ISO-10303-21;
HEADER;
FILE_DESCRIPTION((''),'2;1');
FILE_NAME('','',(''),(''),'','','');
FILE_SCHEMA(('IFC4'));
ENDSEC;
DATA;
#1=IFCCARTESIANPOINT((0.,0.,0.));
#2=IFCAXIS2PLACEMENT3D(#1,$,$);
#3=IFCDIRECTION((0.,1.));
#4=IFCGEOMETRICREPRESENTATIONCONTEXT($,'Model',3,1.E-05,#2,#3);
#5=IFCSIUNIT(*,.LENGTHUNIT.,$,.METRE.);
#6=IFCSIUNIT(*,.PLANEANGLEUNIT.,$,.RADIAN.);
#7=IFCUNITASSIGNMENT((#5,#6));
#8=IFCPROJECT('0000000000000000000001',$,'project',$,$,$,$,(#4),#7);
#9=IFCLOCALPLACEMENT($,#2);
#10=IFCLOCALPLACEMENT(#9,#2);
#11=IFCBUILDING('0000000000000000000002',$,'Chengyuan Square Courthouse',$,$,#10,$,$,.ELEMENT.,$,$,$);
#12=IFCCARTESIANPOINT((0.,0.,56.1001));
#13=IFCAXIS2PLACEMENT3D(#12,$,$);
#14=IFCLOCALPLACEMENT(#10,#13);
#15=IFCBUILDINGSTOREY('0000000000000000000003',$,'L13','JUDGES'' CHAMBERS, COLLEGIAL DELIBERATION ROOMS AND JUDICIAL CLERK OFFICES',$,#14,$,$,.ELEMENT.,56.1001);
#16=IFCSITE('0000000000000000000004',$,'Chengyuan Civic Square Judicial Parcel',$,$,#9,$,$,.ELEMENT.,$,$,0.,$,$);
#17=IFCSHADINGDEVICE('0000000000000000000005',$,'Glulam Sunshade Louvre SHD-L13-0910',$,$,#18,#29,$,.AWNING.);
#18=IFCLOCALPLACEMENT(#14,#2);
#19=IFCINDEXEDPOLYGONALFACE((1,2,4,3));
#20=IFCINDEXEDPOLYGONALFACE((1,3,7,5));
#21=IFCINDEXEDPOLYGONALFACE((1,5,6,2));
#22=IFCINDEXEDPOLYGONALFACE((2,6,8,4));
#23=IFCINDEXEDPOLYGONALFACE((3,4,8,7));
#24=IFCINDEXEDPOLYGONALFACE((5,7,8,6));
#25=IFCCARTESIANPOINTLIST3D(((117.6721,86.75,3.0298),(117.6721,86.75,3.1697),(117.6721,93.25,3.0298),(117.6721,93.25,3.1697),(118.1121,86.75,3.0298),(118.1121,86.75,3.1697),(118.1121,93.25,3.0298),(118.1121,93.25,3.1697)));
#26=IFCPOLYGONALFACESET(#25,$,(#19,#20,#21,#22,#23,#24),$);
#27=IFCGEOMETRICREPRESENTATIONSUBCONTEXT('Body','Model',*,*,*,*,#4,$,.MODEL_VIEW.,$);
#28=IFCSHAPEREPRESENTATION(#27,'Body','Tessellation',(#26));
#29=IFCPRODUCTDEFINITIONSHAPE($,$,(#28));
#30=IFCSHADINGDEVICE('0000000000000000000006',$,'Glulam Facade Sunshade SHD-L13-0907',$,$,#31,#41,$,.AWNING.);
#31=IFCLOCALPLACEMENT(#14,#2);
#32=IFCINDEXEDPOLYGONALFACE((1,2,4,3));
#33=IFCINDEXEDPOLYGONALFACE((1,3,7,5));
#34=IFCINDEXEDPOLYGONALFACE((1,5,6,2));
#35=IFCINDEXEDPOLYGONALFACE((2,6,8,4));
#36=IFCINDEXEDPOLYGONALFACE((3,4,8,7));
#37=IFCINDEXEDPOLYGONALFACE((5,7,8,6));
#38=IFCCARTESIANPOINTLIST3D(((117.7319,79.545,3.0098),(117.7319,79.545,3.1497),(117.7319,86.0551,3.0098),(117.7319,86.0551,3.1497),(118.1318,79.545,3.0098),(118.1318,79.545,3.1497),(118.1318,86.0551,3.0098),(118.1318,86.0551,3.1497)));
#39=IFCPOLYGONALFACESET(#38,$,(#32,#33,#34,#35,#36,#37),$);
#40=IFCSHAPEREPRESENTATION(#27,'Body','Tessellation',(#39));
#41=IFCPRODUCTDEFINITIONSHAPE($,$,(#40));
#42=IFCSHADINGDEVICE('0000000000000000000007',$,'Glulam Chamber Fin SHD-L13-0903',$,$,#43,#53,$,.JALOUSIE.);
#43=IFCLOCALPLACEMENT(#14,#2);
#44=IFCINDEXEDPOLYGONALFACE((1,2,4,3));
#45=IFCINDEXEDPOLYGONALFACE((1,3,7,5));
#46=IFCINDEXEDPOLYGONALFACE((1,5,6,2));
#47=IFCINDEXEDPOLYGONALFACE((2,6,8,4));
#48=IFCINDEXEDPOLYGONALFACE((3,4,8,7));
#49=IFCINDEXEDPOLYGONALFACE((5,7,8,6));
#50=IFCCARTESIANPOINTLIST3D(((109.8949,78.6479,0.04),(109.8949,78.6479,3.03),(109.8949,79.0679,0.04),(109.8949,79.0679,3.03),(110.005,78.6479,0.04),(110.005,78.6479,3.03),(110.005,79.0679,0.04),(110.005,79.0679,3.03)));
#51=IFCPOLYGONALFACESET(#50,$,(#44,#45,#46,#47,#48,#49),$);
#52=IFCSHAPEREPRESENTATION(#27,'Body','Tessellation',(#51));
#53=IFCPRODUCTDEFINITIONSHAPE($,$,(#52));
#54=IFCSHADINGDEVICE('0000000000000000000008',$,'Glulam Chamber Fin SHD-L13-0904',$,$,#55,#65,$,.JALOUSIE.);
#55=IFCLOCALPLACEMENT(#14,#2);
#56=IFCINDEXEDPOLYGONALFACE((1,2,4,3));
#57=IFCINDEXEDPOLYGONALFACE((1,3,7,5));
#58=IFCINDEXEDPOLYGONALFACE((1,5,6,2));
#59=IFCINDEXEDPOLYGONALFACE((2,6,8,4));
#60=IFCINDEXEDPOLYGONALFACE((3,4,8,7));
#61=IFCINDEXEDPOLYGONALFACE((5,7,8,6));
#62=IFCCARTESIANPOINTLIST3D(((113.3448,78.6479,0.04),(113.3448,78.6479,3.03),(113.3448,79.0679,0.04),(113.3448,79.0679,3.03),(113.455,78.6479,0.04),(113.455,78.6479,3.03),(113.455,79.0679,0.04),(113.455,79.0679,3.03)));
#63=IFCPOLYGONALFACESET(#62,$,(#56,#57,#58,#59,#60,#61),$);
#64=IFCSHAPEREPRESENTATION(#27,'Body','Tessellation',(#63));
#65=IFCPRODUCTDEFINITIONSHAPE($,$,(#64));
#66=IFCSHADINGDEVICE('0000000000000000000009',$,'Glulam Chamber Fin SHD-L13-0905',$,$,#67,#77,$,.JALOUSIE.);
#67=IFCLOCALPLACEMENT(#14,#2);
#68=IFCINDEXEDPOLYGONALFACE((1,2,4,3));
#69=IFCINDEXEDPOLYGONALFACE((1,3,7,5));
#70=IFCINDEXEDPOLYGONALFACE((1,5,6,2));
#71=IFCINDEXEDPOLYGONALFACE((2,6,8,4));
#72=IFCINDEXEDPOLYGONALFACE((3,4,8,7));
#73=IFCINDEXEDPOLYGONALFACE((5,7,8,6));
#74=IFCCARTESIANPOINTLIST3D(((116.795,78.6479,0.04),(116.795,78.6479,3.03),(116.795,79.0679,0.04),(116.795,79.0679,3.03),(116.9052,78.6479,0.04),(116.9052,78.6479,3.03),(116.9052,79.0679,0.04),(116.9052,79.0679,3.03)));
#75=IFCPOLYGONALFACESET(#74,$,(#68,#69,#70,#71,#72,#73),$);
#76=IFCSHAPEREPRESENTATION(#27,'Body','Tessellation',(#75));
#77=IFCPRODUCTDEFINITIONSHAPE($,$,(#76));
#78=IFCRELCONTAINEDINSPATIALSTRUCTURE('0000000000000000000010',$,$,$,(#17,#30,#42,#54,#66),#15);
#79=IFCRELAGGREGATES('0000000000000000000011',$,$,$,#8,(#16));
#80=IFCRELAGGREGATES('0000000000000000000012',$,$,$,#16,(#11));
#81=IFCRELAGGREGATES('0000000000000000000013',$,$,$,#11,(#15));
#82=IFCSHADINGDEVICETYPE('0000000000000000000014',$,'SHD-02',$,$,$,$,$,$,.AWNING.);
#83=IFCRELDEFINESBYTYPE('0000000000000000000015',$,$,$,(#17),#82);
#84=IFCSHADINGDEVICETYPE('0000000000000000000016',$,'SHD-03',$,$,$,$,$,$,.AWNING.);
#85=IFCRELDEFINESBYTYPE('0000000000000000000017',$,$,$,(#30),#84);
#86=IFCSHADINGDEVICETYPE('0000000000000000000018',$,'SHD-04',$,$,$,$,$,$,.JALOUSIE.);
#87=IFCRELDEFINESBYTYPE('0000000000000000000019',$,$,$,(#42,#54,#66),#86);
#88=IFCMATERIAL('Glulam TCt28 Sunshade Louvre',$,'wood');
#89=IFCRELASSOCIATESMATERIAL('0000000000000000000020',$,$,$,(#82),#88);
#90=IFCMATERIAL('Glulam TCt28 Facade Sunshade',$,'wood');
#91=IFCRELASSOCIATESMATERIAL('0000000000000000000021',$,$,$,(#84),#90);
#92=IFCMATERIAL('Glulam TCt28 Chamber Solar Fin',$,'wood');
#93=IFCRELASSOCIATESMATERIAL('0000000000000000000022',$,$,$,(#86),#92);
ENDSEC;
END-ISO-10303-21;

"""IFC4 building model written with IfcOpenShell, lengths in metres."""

from ifc_helpers import new_model, si_unit, direction, frame, origin, origin_2d, place, context, subcontext, project, spatial, rectangle, extrude, material, type_object, element, save


model = new_model("IFC4")

# Units and contexts
model_context = context("Model", 3, precision=1e-05, world=origin(), true_north=direction((0.0, 1.0)))
body_context = subcontext(model_context, "Body", "Model", "MODEL_VIEW")
ifc_project = project(units=[si_unit("LENGTHUNIT", "METRE"), si_unit("PLANEANGLEUNIT", "RADIAN")], contexts=[model_context])

# Site, building, storey
site_placement = place(None, origin())
site = spatial("IfcSite", under=ifc_project, at=site_placement, Name="Chengyuan Civic Square Judicial Parcel", CompositionType="ELEMENT", RefElevation=0.0)
building_placement = place(site_placement, origin())
building = spatial("IfcBuilding", under=site, at=building_placement, Name="Chengyuan Square Courthouse", CompositionType="ELEMENT")
storey_placement = place(building_placement, frame((0.0, 0.0, 56.1001)))
storey = spatial("IfcBuildingStorey", under=building, at=storey_placement, Name="L13", Description="JUDGES' CHAMBERS, COLLEGIAL DELIBERATION ROOMS AND JUDICIAL CLERK OFFICES", CompositionType="ELEMENT", Elevation=56.1001)

# Shading devices
ifc_material_1 = material(Name="Glulam TCt28 Sunshade Louvre", Category="wood")
shading_device_type_1 = type_object("IfcShadingDeviceType", Name="SHD-02", PredefinedType="AWNING", material=ifc_material_1)
shading_device_1_placement = place(storey_placement, frame((117.8921, 90.0, 3.0298), z_axis=(0.0, 0.0, 1.0), x_axis=(0.0, 1.0, 0.0)))
element("IfcShadingDevice", 1, at=shading_device_1_placement, inside=storey, type_object=shading_device_type_1, Name="Glulam Sunshade Louvre SHD-L13-0910", PredefinedType="AWNING", context=body_context, shape_type="SweptSolid", body=[
    extrude(rectangle(XDim=6.5, YDim=0.4399, at=origin_2d()), origin(), (0.0, 0.0, 1.0), 0.1399),
])
ifc_material_2 = material(Name="Glulam TCt28 Facade Sunshade", Category="wood")
shading_device_type_2 = type_object("IfcShadingDeviceType", Name="SHD-03", PredefinedType="AWNING", material=ifc_material_2)
shading_device_2_placement = place(storey_placement, frame((117.9319, 82.8, 3.0098), z_axis=(0.0, 0.0, 1.0), x_axis=(0.0, 1.0, 0.0)))
element("IfcShadingDevice", 2, at=shading_device_2_placement, inside=storey, type_object=shading_device_type_2, Name="Glulam Facade Sunshade SHD-L13-0907", PredefinedType="AWNING", context=body_context, shape_type="SweptSolid", body=[
    extrude(rectangle(XDim=6.51, YDim=0.3999, at=origin_2d()), origin(), (0.0, 0.0, 1.0), 0.1399),
])
ifc_material_3 = material(Name="Glulam TCt28 Chamber Solar Fin", Category="wood")
shading_device_type_3 = type_object("IfcShadingDeviceType", Name="SHD-04", PredefinedType="JALOUSIE", material=ifc_material_3)
for number, where, z_axis, x_axis, name in (
    (3, (109.95, 78.8579, 0.04), (0.0, 0.0, 1.0), (0.0, 1.0, 0.0), "Glulam Chamber Fin SHD-L13-0903"),
    (4, (113.3999, 78.8579, 0.04), (0.0, 0.0, 1.0), (0.0, 1.0, 0.0), "Glulam Chamber Fin SHD-L13-0904"),
    (5, (116.8501, 78.8579, 0.04), (0.0, 0.0, 1.0), (0.0, 1.0, 0.0), "Glulam Chamber Fin SHD-L13-0905"),
):
    element("IfcShadingDevice", number, at=place(storey_placement, frame(where, z_axis=z_axis, x_axis=x_axis)), inside=storey, type_object=shading_device_type_3, Name=name, PredefinedType="JALOUSIE", context=body_context, shape_type="SweptSolid", body=[
        extrude(rectangle(XDim=0.4199, YDim=0.1101, at=origin_2d()), origin(), (0.0, 0.0, 1.0), 2.99),
    ])

save(model, "model.ifc")
